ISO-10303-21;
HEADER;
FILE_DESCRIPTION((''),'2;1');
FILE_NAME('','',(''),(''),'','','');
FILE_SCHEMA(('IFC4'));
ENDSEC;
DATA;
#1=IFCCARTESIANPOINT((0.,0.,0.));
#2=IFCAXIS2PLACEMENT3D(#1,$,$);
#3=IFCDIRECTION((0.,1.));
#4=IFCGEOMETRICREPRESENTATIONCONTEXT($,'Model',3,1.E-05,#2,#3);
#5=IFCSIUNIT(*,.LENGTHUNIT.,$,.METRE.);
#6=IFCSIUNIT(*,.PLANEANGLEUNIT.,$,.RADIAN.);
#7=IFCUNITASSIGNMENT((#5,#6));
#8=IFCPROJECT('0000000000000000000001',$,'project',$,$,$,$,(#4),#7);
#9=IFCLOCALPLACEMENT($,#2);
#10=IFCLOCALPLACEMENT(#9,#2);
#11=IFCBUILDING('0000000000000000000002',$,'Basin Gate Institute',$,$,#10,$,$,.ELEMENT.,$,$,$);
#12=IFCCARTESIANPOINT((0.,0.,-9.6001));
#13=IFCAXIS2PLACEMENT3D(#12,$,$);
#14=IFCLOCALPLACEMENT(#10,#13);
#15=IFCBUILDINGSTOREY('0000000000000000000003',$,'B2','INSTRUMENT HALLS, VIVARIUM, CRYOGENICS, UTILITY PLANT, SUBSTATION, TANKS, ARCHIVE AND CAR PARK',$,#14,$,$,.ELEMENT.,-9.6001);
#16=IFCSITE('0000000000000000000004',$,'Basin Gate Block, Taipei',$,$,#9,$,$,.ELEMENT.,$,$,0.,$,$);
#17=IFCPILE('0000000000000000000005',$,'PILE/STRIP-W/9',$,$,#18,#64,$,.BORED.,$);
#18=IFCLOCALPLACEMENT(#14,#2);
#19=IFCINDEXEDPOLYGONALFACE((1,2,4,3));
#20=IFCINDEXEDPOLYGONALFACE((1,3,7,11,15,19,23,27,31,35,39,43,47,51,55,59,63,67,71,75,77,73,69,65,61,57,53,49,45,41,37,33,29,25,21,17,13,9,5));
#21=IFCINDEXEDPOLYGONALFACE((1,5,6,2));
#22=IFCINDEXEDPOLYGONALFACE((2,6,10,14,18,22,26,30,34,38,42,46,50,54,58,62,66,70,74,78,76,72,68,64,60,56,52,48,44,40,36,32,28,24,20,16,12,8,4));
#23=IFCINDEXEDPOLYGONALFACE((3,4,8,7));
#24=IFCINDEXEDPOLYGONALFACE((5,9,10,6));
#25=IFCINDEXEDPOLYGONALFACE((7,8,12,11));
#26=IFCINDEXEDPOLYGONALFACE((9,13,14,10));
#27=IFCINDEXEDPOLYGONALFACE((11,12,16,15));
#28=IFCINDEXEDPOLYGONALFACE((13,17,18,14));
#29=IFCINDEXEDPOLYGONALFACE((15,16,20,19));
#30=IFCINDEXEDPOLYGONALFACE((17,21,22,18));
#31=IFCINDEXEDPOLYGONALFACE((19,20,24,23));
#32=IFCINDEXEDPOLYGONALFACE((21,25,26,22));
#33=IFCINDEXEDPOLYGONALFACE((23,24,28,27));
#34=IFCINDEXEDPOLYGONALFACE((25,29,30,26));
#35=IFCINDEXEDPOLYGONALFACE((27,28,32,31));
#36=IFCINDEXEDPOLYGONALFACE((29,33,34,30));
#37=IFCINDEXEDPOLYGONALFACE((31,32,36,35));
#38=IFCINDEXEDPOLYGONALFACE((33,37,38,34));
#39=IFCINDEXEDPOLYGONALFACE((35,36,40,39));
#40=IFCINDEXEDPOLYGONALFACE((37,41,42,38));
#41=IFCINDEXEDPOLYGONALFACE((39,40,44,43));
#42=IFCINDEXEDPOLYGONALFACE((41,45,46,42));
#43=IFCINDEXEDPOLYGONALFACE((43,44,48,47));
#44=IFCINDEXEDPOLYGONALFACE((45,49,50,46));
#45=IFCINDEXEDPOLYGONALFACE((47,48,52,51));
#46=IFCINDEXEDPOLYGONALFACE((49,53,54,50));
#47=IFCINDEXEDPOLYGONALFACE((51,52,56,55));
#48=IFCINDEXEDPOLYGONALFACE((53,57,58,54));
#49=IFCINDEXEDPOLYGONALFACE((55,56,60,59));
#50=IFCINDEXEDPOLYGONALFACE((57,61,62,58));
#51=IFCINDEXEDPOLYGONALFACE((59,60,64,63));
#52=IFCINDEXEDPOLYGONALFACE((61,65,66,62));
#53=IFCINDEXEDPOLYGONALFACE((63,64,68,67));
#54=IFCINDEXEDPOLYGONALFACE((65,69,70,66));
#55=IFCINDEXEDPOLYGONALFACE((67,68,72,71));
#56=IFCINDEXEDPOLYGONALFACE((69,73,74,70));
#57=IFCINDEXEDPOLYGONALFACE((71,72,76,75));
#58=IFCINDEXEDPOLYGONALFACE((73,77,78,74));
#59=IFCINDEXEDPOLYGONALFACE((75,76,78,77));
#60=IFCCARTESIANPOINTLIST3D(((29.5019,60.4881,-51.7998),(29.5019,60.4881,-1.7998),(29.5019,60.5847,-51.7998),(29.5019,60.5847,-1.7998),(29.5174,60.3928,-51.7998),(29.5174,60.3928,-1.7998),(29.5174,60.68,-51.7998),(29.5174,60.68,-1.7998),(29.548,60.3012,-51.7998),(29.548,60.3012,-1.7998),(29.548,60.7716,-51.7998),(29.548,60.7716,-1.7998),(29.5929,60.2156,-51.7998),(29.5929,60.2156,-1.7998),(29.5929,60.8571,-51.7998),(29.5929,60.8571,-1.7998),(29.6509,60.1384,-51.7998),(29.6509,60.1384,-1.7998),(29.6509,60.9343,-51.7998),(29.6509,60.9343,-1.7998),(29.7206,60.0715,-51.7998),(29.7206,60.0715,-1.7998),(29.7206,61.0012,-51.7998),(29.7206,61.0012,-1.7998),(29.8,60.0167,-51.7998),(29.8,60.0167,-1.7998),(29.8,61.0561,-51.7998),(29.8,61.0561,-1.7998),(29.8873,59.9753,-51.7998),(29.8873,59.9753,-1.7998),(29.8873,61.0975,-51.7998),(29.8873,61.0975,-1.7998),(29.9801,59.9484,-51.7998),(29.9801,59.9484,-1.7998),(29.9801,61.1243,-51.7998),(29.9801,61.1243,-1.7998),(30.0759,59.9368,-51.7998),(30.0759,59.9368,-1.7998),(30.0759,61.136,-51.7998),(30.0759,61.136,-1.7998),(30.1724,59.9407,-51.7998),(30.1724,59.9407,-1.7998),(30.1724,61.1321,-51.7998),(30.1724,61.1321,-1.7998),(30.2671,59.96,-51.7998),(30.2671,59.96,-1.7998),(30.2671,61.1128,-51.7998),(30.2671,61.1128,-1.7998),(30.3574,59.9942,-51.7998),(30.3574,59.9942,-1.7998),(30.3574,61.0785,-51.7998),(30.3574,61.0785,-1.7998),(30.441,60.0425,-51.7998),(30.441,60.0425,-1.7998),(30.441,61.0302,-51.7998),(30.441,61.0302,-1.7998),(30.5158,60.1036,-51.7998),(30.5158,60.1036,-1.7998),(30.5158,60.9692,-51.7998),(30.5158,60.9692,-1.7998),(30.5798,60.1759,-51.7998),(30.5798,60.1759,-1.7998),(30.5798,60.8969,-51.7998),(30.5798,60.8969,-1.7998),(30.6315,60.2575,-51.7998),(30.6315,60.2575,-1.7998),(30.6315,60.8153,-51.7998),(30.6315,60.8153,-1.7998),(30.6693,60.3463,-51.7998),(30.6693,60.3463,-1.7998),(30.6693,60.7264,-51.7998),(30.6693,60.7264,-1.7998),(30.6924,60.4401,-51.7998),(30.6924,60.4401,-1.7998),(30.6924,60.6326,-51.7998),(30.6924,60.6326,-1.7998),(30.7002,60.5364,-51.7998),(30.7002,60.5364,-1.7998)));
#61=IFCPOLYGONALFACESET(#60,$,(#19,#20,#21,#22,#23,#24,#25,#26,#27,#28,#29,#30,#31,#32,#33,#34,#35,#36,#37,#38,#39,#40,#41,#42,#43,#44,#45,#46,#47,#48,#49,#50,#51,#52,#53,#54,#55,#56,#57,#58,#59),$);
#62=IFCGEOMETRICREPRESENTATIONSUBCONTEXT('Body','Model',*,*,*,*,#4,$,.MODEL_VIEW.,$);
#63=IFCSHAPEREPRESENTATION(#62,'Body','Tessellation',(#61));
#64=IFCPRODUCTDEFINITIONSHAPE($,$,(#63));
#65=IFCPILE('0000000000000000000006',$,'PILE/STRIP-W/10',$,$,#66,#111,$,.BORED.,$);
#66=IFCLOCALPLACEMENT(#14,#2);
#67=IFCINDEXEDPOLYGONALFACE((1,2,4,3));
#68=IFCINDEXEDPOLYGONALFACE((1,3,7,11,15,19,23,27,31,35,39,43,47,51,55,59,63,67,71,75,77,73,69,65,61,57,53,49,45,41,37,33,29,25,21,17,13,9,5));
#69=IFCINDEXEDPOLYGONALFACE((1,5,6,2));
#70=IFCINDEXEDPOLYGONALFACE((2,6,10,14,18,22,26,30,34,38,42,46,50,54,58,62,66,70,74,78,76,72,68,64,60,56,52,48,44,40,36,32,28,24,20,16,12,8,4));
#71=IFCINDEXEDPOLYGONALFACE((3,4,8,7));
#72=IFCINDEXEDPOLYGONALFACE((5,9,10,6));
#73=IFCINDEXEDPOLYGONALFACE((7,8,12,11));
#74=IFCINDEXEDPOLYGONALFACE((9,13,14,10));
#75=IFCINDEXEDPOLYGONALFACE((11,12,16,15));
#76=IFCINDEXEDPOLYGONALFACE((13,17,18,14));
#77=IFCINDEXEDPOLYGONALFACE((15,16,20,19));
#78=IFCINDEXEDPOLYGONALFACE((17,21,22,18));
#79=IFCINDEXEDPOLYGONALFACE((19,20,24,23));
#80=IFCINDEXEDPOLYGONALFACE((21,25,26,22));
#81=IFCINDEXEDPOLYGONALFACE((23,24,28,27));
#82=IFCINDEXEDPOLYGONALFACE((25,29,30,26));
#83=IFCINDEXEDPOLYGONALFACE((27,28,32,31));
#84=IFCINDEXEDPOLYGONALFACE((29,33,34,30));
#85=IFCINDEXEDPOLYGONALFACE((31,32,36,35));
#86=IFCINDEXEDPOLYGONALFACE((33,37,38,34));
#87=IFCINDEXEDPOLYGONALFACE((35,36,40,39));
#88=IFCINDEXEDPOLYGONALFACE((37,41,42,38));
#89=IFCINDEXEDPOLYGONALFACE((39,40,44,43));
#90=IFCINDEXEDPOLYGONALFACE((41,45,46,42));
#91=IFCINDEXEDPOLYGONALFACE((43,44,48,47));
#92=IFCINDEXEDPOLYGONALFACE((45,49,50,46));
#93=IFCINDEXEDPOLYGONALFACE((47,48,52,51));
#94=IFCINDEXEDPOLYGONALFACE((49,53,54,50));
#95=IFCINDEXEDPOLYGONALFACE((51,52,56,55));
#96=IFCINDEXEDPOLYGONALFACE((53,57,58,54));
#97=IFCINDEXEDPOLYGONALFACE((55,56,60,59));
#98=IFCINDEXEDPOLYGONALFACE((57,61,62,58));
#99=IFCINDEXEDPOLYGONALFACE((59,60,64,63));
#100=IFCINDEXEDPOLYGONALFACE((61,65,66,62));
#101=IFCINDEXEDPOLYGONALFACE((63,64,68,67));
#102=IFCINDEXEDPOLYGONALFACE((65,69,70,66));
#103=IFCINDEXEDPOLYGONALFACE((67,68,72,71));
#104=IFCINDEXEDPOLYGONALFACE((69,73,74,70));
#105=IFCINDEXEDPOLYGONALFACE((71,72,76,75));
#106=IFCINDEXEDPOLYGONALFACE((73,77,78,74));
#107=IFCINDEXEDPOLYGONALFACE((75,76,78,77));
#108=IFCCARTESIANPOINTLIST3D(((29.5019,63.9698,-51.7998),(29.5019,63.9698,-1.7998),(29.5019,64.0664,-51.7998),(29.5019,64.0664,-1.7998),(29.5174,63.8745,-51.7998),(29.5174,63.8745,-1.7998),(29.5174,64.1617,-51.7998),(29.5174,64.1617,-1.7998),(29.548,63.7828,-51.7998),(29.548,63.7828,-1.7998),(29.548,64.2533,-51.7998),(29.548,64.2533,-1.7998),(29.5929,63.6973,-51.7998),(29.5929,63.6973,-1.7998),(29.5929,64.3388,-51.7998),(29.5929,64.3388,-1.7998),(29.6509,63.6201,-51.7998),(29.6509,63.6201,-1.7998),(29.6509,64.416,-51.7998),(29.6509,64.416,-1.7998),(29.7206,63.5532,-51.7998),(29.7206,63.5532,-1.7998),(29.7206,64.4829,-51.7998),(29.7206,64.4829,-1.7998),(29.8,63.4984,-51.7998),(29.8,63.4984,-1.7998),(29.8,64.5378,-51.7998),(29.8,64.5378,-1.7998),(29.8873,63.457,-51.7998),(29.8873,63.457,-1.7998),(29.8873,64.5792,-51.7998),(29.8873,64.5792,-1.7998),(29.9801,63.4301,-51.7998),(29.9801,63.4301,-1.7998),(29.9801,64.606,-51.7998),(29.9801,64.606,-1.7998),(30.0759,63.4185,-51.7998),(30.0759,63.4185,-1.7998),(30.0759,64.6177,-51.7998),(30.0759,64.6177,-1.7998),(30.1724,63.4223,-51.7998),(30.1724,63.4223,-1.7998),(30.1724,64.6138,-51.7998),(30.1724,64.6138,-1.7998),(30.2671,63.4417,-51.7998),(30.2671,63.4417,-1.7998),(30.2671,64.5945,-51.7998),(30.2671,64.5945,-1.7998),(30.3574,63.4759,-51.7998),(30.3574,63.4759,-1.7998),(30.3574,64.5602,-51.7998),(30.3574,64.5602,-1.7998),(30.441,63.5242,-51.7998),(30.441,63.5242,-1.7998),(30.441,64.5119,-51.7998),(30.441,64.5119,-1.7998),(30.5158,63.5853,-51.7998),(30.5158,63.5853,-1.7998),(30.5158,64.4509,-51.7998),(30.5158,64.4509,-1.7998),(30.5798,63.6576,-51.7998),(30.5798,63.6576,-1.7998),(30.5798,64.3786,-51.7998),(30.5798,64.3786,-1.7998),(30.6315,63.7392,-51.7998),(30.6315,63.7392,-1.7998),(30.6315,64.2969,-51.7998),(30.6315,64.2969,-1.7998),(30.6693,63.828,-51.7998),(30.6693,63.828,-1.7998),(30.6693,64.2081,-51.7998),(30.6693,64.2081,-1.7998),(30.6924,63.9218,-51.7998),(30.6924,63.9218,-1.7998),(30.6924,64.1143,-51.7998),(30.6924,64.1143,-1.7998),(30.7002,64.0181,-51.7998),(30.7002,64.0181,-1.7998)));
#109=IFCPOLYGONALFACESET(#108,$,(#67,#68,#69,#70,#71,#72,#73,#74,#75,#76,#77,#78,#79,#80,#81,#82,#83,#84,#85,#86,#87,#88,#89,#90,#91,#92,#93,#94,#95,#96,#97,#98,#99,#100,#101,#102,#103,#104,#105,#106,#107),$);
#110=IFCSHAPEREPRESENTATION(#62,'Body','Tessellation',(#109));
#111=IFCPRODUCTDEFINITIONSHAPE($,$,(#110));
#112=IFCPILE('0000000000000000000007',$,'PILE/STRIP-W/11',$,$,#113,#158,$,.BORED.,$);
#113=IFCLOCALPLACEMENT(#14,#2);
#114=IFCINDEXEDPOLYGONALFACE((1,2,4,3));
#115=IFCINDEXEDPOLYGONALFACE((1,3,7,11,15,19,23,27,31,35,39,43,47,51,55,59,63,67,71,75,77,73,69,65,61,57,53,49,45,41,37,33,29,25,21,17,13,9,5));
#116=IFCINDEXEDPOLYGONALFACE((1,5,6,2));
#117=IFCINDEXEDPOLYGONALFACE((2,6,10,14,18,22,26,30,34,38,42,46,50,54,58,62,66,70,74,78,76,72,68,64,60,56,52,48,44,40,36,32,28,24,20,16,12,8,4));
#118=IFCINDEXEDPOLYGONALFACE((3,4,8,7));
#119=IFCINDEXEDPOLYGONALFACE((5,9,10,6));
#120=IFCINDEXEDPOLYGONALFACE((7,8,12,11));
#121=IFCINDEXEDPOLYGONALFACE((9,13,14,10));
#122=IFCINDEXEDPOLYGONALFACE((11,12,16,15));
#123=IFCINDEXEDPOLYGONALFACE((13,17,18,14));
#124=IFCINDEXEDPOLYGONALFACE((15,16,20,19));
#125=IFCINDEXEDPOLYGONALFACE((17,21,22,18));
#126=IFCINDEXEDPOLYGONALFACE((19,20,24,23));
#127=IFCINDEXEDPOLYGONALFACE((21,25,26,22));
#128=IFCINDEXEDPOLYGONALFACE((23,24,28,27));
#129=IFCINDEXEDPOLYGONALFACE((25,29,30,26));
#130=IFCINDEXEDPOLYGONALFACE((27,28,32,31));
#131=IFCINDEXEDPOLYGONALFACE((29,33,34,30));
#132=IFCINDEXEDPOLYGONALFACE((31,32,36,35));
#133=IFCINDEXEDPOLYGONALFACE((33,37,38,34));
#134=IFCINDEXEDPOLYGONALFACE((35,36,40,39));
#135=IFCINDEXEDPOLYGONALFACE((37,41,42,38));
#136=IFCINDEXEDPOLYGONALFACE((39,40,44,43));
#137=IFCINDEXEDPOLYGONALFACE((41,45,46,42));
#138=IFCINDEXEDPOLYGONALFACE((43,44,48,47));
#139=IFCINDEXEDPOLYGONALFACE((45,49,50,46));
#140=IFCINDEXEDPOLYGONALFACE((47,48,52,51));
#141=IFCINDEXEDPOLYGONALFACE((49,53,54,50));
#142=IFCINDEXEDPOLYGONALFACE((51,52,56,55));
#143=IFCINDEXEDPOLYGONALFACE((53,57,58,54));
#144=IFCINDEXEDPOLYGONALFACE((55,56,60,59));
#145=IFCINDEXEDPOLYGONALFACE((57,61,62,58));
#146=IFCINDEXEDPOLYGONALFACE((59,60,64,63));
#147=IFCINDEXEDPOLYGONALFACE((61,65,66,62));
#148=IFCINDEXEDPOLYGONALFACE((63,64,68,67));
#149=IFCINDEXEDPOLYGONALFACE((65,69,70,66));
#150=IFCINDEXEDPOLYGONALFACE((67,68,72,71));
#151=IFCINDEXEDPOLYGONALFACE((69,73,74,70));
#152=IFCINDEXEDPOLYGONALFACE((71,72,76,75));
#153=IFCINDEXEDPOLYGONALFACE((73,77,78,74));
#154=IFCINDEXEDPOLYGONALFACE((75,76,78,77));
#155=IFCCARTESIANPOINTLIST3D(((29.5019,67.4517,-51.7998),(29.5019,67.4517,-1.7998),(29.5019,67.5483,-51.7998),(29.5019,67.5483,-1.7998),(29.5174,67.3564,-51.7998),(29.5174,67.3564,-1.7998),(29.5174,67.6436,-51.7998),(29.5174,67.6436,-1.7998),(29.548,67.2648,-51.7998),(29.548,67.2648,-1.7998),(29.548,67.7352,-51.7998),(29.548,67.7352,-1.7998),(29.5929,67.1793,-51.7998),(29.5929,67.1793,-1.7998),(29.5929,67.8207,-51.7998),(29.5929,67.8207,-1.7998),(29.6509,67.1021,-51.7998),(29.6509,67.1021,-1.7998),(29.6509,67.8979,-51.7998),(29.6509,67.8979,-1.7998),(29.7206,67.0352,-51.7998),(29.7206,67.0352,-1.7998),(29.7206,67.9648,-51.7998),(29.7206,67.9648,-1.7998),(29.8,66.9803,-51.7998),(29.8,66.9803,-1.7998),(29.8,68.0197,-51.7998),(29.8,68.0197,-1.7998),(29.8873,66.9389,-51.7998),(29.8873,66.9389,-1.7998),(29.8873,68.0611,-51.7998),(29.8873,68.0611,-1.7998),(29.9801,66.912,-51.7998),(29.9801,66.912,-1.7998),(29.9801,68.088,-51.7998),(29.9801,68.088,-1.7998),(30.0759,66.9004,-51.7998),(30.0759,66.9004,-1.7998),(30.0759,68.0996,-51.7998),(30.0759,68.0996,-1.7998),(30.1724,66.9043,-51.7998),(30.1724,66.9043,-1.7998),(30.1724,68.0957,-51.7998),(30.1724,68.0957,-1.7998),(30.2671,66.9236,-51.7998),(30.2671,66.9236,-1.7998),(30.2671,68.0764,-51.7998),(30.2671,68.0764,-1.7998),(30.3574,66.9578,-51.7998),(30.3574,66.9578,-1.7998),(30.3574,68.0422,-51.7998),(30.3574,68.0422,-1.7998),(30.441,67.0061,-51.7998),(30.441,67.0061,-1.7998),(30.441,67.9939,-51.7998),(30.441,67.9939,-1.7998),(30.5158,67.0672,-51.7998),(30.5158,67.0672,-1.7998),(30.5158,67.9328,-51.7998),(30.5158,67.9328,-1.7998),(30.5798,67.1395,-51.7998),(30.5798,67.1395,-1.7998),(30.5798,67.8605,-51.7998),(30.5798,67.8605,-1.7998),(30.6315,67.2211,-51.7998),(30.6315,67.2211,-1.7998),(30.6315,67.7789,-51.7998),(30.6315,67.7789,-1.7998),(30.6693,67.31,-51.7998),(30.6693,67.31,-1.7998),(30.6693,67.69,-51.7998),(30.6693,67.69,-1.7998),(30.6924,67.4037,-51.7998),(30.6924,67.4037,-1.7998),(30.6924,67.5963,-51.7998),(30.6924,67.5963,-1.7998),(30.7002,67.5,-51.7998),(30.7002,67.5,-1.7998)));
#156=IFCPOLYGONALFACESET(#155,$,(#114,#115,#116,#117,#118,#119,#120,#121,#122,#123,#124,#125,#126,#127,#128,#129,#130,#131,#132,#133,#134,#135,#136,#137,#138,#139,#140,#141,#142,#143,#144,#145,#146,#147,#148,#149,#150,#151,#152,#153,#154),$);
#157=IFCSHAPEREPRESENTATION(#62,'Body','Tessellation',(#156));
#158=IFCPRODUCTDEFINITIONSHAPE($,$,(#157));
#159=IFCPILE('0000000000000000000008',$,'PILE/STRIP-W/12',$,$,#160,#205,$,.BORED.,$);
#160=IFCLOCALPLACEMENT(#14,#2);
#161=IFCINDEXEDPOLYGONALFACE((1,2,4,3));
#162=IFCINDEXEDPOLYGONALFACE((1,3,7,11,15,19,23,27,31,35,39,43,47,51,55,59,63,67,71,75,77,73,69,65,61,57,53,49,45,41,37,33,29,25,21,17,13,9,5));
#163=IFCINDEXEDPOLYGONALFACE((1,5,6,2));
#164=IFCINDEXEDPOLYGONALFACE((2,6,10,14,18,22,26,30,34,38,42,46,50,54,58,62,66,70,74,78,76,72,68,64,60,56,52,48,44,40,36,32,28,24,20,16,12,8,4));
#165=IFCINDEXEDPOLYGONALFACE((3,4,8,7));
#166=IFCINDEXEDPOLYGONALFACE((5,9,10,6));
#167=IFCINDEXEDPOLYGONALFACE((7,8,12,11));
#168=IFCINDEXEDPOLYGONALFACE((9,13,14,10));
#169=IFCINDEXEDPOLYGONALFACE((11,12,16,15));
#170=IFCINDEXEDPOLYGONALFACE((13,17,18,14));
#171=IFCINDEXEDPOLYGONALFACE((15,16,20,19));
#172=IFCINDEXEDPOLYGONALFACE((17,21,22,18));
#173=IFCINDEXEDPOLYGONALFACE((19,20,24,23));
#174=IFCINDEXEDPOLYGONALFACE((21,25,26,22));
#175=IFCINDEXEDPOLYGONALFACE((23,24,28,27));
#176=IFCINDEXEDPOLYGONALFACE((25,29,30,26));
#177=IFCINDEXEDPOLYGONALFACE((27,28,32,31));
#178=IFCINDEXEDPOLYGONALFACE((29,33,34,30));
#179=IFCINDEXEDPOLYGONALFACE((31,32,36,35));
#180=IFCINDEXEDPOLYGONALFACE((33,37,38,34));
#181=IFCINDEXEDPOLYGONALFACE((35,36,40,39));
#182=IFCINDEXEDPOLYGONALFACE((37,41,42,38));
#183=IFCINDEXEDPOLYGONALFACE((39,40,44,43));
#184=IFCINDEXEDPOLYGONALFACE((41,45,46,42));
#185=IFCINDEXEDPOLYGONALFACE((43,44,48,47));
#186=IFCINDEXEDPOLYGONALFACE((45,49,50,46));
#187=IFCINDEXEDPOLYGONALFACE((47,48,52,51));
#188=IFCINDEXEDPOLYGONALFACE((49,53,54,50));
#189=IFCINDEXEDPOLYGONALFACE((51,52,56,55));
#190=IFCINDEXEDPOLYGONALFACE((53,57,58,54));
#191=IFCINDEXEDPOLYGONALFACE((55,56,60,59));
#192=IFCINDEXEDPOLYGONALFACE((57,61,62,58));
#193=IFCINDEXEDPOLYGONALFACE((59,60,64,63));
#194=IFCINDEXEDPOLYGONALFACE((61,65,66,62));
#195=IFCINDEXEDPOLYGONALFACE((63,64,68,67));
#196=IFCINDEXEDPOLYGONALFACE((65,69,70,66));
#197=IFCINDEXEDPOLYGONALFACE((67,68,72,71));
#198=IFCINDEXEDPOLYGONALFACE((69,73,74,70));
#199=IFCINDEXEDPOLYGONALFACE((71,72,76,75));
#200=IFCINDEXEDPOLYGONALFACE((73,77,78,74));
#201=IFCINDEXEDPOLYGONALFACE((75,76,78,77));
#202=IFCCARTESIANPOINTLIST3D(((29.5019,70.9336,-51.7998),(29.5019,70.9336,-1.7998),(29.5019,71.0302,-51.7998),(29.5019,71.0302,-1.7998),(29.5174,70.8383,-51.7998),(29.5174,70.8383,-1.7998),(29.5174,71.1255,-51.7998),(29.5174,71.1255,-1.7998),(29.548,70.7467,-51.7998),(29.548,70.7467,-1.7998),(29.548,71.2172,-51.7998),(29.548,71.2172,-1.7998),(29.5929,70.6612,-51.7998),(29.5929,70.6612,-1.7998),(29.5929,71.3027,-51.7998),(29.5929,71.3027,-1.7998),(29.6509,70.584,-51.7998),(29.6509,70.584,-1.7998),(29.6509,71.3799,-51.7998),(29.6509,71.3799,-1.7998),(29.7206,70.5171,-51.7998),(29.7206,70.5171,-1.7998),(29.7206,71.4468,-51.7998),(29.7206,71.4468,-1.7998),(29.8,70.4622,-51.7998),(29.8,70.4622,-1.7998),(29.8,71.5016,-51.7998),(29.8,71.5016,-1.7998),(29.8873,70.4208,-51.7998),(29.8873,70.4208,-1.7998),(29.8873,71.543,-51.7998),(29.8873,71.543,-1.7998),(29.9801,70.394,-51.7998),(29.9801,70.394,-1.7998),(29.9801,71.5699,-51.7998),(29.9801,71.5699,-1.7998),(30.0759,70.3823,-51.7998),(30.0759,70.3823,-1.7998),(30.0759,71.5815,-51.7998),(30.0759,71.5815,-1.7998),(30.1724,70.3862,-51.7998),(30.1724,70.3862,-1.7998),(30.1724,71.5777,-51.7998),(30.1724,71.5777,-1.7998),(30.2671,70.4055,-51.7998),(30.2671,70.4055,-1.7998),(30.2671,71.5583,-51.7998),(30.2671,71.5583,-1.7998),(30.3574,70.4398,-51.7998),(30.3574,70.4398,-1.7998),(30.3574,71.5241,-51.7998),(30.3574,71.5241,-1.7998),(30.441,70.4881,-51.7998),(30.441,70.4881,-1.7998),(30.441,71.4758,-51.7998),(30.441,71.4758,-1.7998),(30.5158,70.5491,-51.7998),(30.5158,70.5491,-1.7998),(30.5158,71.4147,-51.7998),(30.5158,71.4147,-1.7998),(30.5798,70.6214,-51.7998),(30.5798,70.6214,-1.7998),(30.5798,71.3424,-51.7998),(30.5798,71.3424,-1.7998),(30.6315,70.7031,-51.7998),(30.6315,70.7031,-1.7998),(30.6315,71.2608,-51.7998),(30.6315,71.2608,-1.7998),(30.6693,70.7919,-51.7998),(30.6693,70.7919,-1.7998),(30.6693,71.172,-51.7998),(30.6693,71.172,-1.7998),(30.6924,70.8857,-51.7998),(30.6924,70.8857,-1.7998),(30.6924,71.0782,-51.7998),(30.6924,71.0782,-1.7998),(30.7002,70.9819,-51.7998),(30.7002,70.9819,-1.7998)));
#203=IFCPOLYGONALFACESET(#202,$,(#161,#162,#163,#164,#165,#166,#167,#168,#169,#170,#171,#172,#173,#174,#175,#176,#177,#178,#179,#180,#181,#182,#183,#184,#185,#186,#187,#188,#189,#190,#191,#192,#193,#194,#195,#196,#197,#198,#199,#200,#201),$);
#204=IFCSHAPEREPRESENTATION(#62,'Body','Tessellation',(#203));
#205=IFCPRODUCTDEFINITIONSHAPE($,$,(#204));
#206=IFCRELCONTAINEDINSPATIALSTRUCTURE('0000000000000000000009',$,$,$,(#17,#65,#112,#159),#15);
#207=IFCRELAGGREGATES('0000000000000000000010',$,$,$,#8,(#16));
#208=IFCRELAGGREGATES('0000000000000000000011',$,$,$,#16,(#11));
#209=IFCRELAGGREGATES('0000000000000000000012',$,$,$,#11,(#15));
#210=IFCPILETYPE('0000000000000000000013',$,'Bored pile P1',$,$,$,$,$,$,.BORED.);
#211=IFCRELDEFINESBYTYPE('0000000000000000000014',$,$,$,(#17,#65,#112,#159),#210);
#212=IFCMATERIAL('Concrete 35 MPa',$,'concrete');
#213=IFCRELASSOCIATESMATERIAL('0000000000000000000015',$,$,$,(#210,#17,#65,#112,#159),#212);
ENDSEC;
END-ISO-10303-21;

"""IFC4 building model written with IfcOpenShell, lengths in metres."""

from ifc_helpers import new_model, si_unit, direction, frame, origin, origin_2d, place, context, subcontext, project, spatial, circle, extrude, material, material_profile, profile_set, type_object, element, save


model = new_model("IFC4")

# Units and contexts
model_context = context("Model", 3, precision=1e-05, world=origin(), true_north=direction((0.0, 1.0)))
body_context = subcontext(model_context, "Body", "Model", "MODEL_VIEW")
ifc_project = project(units=[si_unit("LENGTHUNIT", "METRE"), si_unit("PLANEANGLEUNIT", "RADIAN")], contexts=[model_context])

# Site, building, storey
site_placement = place(None, origin())
site = spatial("IfcSite", under=ifc_project, at=site_placement, Name="Basin Gate Block, Taipei", CompositionType="ELEMENT", RefElevation=0.0)
building_placement = place(site_placement, origin())
building = spatial("IfcBuilding", under=site, at=building_placement, Name="Basin Gate Institute", CompositionType="ELEMENT")
storey_placement = place(building_placement, frame((0.0, 0.0, -9.6001)))
storey = spatial("IfcBuildingStorey", under=building, at=storey_placement, Name="B2", Description="INSTRUMENT HALLS, VIVARIUM, CRYOGENICS, UTILITY PLANT, SUBSTATION, TANKS, ARCHIVE AND CAR PARK", CompositionType="ELEMENT", Elevation=-9.6001)

# Piles
ifc_material_1 = material(Name="Concrete 35 MPa", Category="concrete")
ifc_material_profile_1 = material_profile(ifc_material_1, circle(Radius=0.6001, at=origin_2d()), Name="Bored pile P1 1200 dia")
ifc_profile_set_1 = profile_set([ifc_material_profile_1], Name="Concrete 35 MPa")
pile_type = type_object("IfcPileType", Name="Bored pile P1", PredefinedType="BORED", material=ifc_profile_set_1)
for number, where, z_axis, x_axis, name in (
    (1, (30.1001, 60.5364, -1.7998), (0.0, 0.0, -1.0), (1.0, 0.0, 0.0), "PILE/STRIP-W/9"),
    (2, (30.1001, 64.0181, -1.7998), (0.0, 0.0, -1.0), (1.0, 0.0, 0.0), "PILE/STRIP-W/10"),
    (3, (30.1001, 67.5, -1.7998), (0.0, 0.0, -1.0), (1.0, 0.0, 0.0), "PILE/STRIP-W/11"),
    (4, (30.1001, 70.9819, -1.7998), (0.0, 0.0, -1.0), (1.0, 0.0, 0.0), "PILE/STRIP-W/12"),
):
    element("IfcPile", number, at=place(storey_placement, frame(where, z_axis=z_axis, x_axis=x_axis)), inside=storey, type_object=pile_type, material=ifc_profile_set_1, Name=name, PredefinedType="BORED", context=body_context, shape_type="SweptSolid", body=[
        extrude(circle(Radius=0.6001, at=origin_2d()), origin(), (0.0, 0.0, 1.0), 50.0),
    ])

save(model, "model.ifc")
